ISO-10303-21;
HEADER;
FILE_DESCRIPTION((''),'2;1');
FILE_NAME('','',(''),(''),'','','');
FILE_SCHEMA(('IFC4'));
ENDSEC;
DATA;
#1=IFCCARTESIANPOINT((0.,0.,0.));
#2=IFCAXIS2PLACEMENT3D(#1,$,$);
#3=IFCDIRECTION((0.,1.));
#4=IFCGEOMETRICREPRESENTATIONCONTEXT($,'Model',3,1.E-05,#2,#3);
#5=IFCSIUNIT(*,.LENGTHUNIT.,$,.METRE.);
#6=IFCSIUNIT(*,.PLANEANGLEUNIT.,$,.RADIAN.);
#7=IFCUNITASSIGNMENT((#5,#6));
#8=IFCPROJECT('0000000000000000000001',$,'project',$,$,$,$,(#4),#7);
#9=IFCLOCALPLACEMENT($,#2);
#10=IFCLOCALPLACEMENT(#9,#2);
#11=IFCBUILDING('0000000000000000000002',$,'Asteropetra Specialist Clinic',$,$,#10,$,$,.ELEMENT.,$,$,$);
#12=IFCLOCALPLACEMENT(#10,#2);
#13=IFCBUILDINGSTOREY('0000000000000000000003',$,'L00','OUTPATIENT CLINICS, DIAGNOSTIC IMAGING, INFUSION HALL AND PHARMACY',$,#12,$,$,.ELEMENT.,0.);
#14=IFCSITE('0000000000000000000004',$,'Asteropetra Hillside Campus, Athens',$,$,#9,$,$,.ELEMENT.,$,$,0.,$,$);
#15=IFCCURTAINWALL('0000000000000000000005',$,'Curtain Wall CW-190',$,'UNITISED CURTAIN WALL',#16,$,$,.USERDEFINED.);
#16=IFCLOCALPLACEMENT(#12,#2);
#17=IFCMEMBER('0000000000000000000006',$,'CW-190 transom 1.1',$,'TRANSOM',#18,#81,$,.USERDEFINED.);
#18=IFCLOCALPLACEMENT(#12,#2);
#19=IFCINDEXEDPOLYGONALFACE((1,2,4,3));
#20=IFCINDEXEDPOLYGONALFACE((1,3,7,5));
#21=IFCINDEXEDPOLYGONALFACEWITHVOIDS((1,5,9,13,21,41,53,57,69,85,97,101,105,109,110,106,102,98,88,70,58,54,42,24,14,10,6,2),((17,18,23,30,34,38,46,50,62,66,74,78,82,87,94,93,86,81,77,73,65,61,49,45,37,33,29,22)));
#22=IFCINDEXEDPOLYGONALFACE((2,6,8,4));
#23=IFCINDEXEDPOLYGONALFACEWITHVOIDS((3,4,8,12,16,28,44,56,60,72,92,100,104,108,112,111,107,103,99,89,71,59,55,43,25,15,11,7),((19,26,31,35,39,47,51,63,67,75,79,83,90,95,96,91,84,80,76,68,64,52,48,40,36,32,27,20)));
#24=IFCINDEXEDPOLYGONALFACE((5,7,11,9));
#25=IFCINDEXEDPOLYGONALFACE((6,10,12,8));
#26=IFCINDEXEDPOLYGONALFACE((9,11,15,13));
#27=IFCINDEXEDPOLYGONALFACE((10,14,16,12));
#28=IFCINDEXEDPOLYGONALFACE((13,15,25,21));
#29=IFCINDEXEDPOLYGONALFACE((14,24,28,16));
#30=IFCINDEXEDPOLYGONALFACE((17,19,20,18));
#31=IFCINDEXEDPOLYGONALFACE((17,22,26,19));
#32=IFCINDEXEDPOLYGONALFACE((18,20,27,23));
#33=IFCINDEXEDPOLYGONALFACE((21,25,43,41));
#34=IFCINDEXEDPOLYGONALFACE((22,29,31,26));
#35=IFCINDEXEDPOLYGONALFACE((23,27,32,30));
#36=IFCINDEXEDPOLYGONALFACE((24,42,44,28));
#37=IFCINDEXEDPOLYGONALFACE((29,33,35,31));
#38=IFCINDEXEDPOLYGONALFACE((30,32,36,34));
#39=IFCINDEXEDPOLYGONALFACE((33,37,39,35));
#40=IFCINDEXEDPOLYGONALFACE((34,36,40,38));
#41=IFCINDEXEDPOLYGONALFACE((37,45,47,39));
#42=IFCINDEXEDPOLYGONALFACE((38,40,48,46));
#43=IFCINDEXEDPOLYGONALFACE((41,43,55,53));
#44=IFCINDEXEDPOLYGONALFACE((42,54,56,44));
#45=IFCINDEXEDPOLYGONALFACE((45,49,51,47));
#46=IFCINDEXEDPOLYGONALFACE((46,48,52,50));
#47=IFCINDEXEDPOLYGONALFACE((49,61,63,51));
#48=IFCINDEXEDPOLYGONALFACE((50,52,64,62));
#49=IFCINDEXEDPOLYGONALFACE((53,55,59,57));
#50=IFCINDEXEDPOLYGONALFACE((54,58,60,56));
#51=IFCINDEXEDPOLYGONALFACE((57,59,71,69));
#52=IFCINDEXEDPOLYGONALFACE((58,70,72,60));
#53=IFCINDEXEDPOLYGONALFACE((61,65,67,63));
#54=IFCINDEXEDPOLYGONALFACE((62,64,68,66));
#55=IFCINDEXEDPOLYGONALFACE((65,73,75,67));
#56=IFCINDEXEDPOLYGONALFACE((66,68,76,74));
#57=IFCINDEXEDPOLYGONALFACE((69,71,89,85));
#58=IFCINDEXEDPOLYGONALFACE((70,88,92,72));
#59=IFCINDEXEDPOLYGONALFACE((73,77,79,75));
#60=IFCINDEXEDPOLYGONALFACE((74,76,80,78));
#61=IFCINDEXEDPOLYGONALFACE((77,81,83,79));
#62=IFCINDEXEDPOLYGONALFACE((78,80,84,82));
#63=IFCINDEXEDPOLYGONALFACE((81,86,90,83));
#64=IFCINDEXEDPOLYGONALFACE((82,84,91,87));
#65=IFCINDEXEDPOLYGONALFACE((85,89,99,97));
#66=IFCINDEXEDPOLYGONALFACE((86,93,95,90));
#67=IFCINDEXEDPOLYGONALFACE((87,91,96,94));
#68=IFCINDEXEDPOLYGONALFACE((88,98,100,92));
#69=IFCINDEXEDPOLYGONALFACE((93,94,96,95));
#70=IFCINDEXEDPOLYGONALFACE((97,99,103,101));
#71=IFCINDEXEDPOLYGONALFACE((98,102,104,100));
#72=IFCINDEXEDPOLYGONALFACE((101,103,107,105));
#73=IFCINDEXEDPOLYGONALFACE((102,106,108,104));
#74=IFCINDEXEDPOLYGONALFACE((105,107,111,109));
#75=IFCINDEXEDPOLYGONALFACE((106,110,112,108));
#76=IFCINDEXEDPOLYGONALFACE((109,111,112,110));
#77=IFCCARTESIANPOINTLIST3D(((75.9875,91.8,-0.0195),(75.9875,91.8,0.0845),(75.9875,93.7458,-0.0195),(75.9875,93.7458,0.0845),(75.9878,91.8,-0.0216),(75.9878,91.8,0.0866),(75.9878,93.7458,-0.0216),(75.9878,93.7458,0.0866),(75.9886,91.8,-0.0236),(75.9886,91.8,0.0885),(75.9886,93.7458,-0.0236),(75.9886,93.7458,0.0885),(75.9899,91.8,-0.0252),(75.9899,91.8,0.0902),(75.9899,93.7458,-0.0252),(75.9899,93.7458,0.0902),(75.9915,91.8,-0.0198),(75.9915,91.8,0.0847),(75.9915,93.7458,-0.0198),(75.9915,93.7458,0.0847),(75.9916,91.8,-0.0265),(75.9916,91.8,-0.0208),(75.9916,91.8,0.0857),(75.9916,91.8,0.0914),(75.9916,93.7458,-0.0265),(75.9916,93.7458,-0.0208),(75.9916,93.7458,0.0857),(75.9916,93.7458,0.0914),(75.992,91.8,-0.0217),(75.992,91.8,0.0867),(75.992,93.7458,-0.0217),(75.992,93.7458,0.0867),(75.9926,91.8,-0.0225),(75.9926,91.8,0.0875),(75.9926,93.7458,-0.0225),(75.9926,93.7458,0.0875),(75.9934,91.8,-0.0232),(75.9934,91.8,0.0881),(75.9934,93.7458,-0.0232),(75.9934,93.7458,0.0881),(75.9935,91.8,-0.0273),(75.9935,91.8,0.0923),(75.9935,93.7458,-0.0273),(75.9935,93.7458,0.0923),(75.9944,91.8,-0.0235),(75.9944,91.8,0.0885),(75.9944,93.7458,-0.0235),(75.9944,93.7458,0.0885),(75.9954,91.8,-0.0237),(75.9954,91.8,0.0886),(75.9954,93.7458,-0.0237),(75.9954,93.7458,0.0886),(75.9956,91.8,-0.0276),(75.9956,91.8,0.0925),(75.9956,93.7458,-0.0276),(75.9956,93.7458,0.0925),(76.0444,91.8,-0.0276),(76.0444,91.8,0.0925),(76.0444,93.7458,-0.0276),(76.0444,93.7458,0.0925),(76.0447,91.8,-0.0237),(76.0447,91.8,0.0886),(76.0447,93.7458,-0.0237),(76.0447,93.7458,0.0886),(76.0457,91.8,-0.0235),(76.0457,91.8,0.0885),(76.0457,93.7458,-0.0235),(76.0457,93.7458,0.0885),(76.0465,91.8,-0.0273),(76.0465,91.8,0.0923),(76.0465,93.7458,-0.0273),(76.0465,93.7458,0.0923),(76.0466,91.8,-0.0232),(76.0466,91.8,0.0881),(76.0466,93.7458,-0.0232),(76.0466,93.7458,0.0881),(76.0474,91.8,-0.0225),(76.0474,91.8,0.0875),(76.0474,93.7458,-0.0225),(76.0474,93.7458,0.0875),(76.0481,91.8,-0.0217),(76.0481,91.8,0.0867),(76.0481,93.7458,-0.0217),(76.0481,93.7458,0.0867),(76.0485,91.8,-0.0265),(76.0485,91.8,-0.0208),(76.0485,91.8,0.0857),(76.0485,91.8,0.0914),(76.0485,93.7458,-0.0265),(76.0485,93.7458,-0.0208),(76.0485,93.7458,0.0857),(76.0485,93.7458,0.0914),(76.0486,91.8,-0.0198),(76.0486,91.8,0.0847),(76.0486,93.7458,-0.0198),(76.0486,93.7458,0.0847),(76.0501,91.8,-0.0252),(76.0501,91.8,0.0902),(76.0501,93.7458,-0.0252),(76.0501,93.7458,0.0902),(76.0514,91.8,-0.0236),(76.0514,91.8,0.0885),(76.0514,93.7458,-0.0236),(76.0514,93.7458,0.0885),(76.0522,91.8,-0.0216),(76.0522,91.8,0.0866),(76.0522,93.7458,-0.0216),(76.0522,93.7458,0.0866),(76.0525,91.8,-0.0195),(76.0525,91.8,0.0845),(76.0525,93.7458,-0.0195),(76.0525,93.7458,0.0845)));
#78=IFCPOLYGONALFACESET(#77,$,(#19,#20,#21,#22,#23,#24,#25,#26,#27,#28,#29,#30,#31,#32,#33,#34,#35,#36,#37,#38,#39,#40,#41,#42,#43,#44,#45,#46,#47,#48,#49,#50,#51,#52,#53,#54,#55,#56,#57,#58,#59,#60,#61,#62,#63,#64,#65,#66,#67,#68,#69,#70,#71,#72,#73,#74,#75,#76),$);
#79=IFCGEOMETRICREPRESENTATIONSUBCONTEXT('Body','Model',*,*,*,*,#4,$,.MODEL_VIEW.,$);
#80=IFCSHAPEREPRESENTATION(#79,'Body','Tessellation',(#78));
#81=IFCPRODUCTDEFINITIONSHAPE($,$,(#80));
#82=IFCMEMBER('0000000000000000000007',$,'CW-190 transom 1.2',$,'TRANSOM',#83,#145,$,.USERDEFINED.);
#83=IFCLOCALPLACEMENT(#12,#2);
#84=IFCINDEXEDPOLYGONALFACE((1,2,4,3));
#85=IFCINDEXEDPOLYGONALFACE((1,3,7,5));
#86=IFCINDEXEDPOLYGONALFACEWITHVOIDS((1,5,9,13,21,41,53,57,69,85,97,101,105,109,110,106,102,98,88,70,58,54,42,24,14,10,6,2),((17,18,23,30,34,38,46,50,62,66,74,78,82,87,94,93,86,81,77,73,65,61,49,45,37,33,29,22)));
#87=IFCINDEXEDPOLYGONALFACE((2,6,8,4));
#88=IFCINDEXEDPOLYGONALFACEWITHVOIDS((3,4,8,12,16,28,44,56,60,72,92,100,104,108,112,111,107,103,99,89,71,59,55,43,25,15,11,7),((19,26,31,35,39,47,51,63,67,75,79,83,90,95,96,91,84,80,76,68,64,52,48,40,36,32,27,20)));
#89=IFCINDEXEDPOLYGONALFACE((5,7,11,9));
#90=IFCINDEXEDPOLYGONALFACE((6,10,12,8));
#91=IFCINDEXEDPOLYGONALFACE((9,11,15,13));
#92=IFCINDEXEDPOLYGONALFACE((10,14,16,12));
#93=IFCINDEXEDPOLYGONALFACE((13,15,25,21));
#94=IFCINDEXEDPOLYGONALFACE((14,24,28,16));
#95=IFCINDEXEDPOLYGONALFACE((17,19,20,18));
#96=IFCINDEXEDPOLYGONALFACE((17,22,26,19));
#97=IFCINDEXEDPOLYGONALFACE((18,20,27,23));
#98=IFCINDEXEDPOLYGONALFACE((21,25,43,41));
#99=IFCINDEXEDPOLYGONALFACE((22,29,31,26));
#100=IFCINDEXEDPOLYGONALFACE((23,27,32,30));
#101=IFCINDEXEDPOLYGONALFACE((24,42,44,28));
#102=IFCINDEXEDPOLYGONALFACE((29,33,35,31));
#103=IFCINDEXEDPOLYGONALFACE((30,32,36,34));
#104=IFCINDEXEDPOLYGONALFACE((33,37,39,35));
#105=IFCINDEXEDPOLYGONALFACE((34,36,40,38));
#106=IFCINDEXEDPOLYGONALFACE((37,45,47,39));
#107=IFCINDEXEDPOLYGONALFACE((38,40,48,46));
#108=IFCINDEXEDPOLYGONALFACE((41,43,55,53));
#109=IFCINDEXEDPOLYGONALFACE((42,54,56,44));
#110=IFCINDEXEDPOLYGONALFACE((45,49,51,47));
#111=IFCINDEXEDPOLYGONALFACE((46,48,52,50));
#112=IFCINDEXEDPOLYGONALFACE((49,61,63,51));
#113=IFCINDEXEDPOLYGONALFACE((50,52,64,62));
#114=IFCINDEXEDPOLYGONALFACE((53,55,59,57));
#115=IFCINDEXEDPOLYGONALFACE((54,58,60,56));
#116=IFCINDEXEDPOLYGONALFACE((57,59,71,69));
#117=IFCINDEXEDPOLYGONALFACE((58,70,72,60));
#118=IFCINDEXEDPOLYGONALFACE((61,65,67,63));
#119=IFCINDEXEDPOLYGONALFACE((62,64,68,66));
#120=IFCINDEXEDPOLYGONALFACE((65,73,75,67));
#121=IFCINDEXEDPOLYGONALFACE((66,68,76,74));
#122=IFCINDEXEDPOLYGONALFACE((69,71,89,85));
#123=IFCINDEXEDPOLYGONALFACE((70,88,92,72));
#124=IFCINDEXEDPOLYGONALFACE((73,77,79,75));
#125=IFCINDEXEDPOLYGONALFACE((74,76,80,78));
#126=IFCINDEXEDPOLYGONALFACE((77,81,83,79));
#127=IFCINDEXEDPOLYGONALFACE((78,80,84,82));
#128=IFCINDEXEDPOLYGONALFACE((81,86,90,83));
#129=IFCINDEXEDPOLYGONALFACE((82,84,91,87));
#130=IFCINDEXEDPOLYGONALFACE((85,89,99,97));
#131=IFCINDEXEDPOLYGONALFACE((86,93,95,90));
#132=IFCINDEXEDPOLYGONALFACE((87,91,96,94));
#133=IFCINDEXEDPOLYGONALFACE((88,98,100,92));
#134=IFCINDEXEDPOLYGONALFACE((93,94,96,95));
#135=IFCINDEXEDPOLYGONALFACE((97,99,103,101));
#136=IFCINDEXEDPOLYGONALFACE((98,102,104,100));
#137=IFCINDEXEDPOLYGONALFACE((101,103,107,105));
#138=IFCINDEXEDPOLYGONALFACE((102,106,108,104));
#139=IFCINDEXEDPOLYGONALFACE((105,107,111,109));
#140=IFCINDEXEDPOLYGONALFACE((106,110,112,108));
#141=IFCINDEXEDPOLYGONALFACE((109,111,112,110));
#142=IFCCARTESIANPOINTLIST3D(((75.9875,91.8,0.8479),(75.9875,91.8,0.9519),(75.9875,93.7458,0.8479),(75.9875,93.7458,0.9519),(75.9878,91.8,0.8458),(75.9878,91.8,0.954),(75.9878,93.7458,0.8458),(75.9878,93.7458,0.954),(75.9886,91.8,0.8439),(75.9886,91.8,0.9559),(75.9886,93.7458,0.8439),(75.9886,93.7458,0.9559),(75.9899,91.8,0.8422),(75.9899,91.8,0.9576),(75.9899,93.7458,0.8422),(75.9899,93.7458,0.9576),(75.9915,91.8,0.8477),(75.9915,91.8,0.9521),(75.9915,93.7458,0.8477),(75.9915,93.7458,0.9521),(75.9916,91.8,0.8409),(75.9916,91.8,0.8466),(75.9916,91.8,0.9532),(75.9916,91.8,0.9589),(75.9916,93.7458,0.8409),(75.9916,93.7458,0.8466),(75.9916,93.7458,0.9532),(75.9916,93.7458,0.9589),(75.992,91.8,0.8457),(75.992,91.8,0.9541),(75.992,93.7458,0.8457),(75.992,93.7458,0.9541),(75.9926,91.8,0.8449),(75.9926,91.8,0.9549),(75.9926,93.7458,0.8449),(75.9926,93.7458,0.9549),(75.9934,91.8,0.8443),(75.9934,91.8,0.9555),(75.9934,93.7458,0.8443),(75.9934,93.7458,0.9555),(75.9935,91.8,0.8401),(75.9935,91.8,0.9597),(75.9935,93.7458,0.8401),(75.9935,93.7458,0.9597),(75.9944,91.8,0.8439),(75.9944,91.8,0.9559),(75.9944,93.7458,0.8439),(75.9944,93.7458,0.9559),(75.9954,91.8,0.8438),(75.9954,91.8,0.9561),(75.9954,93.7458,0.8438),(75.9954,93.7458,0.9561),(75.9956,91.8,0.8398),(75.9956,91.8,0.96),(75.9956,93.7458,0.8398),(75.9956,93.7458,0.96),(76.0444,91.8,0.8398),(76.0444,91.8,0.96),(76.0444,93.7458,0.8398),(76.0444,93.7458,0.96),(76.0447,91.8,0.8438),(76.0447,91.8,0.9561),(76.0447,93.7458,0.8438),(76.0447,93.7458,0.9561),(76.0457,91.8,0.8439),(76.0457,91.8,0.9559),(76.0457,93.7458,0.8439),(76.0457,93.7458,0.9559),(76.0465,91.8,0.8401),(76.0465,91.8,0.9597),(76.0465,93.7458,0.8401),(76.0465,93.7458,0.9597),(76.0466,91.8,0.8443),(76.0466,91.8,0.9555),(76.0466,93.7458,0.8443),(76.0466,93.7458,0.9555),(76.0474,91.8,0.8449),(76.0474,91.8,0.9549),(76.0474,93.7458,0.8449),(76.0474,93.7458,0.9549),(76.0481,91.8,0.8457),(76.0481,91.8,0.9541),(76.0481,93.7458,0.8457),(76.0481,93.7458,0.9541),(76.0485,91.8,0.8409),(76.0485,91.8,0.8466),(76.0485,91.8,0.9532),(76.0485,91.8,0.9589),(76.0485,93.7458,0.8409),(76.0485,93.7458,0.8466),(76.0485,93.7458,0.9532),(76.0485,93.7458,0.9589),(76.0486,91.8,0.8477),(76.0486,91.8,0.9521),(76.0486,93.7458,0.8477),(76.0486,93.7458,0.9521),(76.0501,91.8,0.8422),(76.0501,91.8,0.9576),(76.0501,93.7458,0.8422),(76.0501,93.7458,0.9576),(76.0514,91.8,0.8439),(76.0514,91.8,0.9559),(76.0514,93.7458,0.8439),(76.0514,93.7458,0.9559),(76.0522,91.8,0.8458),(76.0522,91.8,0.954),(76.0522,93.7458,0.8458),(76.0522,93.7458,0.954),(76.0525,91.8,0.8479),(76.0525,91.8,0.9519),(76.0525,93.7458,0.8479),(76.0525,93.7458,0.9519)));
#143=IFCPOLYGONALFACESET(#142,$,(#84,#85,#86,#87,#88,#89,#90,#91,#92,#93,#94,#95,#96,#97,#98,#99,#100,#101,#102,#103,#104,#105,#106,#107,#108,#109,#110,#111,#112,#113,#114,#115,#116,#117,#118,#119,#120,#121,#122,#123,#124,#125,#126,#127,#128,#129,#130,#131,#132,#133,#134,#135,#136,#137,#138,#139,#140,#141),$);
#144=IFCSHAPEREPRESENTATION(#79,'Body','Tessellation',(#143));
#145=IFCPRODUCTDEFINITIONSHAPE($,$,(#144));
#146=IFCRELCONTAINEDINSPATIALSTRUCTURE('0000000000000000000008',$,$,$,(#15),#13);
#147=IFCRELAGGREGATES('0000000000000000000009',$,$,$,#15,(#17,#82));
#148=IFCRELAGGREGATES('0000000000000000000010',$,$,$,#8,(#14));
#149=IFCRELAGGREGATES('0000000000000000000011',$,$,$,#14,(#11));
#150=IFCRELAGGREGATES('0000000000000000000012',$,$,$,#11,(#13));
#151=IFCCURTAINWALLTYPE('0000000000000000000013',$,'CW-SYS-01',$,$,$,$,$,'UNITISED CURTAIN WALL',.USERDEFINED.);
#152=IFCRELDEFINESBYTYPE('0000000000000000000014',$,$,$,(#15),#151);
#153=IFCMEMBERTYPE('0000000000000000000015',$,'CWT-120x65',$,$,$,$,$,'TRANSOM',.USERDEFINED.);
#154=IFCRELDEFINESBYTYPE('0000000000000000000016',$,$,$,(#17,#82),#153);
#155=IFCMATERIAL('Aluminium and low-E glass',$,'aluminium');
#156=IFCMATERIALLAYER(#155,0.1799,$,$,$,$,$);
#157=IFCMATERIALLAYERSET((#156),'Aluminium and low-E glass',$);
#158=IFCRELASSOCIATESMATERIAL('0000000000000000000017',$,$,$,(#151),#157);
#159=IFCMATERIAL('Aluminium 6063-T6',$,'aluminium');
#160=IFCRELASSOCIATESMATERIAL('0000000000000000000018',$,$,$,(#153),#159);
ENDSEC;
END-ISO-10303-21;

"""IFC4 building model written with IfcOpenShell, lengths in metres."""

from ifc_helpers import new_model, si_unit, direction, frame, origin, origin_2d, place, context, subcontext, project, spatial, hollow_rectangle, extrude, material, layer, layer_set, material_profile, profile_set, type_object, element, aggregate, save


model = new_model("IFC4")

# Units and contexts
model_context = context("Model", 3, precision=1e-05, world=origin(), true_north=direction((0.0, 1.0)))
body_context = subcontext(model_context, "Body", "Model", "MODEL_VIEW")
ifc_project = project(units=[si_unit("LENGTHUNIT", "METRE"), si_unit("PLANEANGLEUNIT", "RADIAN")], contexts=[model_context])

# Site, building, storey
site_placement = place(None, origin())
site = spatial("IfcSite", under=ifc_project, at=site_placement, Name="Asteropetra Hillside Campus, Athens", CompositionType="ELEMENT", RefElevation=0.0)
building_placement = place(site_placement, origin())
building = spatial("IfcBuilding", under=site, at=building_placement, Name="Asteropetra Specialist Clinic", CompositionType="ELEMENT")
storey_placement = place(building_placement, origin())
storey = spatial("IfcBuildingStorey", under=building, at=storey_placement, Name="L00", Description="OUTPATIENT CLINICS, DIAGNOSTIC IMAGING, INFUSION HALL AND PHARMACY", CompositionType="ELEMENT", Elevation=0.0)

# Curtain wall
ifc_material_1 = material(Name="Aluminium and low-E glass", Category="aluminium")
ifc_layer_1 = layer(ifc_material_1, 0.1799)
ifc_layer_set_1 = layer_set([ifc_layer_1], Name="Aluminium and low-E glass")
curtain_wall_type_1 = type_object("IfcCurtainWallType", Name="CW-SYS-01", ElementType="UNITISED CURTAIN WALL", PredefinedType="USERDEFINED", material=ifc_layer_set_1)
curtain_wall_1_placement = place(storey_placement, origin())
curtain_wall_1 = element("IfcCurtainWall", 1, at=curtain_wall_1_placement, inside=storey, type_object=curtain_wall_type_1, Name="Curtain Wall CW-190", ObjectType="UNITISED CURTAIN WALL", PredefinedType="USERDEFINED")

# Members
ifc_material_2 = material(Name="Aluminium 6063-T6", Category="aluminium")
ifc_material_profile_1 = material_profile(ifc_material_2, hollow_rectangle(XDim=0.0649, YDim=0.1201, WallThickness=0.0039, InnerFilletRadius=0.0039, OuterFilletRadius=0.0081, at=origin_2d()), Name="TRN 120x65x4.0")
ifc_profile_set_1 = profile_set([ifc_material_profile_1], Name="Aluminium 6063-T6")
member_type_1 = type_object("IfcMemberType", Name="CWT-120x65", ElementType="TRANSOM", PredefinedType="USERDEFINED", material=ifc_profile_set_1)
member_1_placement = place(storey_placement, frame((76.02, 91.8, 0.0325), z_axis=(0.0, 1.0, 0.0), x_axis=(-1.0, 0.0, 0.0)))
member_1 = element("IfcMember", 2, at=member_1_placement, type_object=member_type_1, Name="CW-190 transom 1.1", ObjectType="TRANSOM", PredefinedType="USERDEFINED", context=body_context, shape_type="SweptSolid", body=[
    extrude(hollow_rectangle(XDim=0.0649, YDim=0.1201, WallThickness=0.0039, InnerFilletRadius=0.0039, OuterFilletRadius=0.0081, at=origin_2d()), origin(), (0.0, 0.0, 1.0), 1.9458),
])
member_2_placement = place(storey_placement, frame((76.02, 91.8, 0.8999), z_axis=(0.0, 1.0, 0.0), x_axis=(-1.0, 0.0, 0.0)))
member_2 = element("IfcMember", 3, at=member_2_placement, type_object=member_type_1, Name="CW-190 transom 1.2", ObjectType="TRANSOM", PredefinedType="USERDEFINED", context=body_context, shape_type="SweptSolid", body=[
    extrude(hollow_rectangle(XDim=0.0649, YDim=0.1201, WallThickness=0.0039, InnerFilletRadius=0.0039, OuterFilletRadius=0.0081, at=origin_2d()), origin(), (0.0, 0.0, 1.0), 1.9458),
])

aggregate(curtain_wall_1, [member_1, member_2])

save(model, "model.ifc")
